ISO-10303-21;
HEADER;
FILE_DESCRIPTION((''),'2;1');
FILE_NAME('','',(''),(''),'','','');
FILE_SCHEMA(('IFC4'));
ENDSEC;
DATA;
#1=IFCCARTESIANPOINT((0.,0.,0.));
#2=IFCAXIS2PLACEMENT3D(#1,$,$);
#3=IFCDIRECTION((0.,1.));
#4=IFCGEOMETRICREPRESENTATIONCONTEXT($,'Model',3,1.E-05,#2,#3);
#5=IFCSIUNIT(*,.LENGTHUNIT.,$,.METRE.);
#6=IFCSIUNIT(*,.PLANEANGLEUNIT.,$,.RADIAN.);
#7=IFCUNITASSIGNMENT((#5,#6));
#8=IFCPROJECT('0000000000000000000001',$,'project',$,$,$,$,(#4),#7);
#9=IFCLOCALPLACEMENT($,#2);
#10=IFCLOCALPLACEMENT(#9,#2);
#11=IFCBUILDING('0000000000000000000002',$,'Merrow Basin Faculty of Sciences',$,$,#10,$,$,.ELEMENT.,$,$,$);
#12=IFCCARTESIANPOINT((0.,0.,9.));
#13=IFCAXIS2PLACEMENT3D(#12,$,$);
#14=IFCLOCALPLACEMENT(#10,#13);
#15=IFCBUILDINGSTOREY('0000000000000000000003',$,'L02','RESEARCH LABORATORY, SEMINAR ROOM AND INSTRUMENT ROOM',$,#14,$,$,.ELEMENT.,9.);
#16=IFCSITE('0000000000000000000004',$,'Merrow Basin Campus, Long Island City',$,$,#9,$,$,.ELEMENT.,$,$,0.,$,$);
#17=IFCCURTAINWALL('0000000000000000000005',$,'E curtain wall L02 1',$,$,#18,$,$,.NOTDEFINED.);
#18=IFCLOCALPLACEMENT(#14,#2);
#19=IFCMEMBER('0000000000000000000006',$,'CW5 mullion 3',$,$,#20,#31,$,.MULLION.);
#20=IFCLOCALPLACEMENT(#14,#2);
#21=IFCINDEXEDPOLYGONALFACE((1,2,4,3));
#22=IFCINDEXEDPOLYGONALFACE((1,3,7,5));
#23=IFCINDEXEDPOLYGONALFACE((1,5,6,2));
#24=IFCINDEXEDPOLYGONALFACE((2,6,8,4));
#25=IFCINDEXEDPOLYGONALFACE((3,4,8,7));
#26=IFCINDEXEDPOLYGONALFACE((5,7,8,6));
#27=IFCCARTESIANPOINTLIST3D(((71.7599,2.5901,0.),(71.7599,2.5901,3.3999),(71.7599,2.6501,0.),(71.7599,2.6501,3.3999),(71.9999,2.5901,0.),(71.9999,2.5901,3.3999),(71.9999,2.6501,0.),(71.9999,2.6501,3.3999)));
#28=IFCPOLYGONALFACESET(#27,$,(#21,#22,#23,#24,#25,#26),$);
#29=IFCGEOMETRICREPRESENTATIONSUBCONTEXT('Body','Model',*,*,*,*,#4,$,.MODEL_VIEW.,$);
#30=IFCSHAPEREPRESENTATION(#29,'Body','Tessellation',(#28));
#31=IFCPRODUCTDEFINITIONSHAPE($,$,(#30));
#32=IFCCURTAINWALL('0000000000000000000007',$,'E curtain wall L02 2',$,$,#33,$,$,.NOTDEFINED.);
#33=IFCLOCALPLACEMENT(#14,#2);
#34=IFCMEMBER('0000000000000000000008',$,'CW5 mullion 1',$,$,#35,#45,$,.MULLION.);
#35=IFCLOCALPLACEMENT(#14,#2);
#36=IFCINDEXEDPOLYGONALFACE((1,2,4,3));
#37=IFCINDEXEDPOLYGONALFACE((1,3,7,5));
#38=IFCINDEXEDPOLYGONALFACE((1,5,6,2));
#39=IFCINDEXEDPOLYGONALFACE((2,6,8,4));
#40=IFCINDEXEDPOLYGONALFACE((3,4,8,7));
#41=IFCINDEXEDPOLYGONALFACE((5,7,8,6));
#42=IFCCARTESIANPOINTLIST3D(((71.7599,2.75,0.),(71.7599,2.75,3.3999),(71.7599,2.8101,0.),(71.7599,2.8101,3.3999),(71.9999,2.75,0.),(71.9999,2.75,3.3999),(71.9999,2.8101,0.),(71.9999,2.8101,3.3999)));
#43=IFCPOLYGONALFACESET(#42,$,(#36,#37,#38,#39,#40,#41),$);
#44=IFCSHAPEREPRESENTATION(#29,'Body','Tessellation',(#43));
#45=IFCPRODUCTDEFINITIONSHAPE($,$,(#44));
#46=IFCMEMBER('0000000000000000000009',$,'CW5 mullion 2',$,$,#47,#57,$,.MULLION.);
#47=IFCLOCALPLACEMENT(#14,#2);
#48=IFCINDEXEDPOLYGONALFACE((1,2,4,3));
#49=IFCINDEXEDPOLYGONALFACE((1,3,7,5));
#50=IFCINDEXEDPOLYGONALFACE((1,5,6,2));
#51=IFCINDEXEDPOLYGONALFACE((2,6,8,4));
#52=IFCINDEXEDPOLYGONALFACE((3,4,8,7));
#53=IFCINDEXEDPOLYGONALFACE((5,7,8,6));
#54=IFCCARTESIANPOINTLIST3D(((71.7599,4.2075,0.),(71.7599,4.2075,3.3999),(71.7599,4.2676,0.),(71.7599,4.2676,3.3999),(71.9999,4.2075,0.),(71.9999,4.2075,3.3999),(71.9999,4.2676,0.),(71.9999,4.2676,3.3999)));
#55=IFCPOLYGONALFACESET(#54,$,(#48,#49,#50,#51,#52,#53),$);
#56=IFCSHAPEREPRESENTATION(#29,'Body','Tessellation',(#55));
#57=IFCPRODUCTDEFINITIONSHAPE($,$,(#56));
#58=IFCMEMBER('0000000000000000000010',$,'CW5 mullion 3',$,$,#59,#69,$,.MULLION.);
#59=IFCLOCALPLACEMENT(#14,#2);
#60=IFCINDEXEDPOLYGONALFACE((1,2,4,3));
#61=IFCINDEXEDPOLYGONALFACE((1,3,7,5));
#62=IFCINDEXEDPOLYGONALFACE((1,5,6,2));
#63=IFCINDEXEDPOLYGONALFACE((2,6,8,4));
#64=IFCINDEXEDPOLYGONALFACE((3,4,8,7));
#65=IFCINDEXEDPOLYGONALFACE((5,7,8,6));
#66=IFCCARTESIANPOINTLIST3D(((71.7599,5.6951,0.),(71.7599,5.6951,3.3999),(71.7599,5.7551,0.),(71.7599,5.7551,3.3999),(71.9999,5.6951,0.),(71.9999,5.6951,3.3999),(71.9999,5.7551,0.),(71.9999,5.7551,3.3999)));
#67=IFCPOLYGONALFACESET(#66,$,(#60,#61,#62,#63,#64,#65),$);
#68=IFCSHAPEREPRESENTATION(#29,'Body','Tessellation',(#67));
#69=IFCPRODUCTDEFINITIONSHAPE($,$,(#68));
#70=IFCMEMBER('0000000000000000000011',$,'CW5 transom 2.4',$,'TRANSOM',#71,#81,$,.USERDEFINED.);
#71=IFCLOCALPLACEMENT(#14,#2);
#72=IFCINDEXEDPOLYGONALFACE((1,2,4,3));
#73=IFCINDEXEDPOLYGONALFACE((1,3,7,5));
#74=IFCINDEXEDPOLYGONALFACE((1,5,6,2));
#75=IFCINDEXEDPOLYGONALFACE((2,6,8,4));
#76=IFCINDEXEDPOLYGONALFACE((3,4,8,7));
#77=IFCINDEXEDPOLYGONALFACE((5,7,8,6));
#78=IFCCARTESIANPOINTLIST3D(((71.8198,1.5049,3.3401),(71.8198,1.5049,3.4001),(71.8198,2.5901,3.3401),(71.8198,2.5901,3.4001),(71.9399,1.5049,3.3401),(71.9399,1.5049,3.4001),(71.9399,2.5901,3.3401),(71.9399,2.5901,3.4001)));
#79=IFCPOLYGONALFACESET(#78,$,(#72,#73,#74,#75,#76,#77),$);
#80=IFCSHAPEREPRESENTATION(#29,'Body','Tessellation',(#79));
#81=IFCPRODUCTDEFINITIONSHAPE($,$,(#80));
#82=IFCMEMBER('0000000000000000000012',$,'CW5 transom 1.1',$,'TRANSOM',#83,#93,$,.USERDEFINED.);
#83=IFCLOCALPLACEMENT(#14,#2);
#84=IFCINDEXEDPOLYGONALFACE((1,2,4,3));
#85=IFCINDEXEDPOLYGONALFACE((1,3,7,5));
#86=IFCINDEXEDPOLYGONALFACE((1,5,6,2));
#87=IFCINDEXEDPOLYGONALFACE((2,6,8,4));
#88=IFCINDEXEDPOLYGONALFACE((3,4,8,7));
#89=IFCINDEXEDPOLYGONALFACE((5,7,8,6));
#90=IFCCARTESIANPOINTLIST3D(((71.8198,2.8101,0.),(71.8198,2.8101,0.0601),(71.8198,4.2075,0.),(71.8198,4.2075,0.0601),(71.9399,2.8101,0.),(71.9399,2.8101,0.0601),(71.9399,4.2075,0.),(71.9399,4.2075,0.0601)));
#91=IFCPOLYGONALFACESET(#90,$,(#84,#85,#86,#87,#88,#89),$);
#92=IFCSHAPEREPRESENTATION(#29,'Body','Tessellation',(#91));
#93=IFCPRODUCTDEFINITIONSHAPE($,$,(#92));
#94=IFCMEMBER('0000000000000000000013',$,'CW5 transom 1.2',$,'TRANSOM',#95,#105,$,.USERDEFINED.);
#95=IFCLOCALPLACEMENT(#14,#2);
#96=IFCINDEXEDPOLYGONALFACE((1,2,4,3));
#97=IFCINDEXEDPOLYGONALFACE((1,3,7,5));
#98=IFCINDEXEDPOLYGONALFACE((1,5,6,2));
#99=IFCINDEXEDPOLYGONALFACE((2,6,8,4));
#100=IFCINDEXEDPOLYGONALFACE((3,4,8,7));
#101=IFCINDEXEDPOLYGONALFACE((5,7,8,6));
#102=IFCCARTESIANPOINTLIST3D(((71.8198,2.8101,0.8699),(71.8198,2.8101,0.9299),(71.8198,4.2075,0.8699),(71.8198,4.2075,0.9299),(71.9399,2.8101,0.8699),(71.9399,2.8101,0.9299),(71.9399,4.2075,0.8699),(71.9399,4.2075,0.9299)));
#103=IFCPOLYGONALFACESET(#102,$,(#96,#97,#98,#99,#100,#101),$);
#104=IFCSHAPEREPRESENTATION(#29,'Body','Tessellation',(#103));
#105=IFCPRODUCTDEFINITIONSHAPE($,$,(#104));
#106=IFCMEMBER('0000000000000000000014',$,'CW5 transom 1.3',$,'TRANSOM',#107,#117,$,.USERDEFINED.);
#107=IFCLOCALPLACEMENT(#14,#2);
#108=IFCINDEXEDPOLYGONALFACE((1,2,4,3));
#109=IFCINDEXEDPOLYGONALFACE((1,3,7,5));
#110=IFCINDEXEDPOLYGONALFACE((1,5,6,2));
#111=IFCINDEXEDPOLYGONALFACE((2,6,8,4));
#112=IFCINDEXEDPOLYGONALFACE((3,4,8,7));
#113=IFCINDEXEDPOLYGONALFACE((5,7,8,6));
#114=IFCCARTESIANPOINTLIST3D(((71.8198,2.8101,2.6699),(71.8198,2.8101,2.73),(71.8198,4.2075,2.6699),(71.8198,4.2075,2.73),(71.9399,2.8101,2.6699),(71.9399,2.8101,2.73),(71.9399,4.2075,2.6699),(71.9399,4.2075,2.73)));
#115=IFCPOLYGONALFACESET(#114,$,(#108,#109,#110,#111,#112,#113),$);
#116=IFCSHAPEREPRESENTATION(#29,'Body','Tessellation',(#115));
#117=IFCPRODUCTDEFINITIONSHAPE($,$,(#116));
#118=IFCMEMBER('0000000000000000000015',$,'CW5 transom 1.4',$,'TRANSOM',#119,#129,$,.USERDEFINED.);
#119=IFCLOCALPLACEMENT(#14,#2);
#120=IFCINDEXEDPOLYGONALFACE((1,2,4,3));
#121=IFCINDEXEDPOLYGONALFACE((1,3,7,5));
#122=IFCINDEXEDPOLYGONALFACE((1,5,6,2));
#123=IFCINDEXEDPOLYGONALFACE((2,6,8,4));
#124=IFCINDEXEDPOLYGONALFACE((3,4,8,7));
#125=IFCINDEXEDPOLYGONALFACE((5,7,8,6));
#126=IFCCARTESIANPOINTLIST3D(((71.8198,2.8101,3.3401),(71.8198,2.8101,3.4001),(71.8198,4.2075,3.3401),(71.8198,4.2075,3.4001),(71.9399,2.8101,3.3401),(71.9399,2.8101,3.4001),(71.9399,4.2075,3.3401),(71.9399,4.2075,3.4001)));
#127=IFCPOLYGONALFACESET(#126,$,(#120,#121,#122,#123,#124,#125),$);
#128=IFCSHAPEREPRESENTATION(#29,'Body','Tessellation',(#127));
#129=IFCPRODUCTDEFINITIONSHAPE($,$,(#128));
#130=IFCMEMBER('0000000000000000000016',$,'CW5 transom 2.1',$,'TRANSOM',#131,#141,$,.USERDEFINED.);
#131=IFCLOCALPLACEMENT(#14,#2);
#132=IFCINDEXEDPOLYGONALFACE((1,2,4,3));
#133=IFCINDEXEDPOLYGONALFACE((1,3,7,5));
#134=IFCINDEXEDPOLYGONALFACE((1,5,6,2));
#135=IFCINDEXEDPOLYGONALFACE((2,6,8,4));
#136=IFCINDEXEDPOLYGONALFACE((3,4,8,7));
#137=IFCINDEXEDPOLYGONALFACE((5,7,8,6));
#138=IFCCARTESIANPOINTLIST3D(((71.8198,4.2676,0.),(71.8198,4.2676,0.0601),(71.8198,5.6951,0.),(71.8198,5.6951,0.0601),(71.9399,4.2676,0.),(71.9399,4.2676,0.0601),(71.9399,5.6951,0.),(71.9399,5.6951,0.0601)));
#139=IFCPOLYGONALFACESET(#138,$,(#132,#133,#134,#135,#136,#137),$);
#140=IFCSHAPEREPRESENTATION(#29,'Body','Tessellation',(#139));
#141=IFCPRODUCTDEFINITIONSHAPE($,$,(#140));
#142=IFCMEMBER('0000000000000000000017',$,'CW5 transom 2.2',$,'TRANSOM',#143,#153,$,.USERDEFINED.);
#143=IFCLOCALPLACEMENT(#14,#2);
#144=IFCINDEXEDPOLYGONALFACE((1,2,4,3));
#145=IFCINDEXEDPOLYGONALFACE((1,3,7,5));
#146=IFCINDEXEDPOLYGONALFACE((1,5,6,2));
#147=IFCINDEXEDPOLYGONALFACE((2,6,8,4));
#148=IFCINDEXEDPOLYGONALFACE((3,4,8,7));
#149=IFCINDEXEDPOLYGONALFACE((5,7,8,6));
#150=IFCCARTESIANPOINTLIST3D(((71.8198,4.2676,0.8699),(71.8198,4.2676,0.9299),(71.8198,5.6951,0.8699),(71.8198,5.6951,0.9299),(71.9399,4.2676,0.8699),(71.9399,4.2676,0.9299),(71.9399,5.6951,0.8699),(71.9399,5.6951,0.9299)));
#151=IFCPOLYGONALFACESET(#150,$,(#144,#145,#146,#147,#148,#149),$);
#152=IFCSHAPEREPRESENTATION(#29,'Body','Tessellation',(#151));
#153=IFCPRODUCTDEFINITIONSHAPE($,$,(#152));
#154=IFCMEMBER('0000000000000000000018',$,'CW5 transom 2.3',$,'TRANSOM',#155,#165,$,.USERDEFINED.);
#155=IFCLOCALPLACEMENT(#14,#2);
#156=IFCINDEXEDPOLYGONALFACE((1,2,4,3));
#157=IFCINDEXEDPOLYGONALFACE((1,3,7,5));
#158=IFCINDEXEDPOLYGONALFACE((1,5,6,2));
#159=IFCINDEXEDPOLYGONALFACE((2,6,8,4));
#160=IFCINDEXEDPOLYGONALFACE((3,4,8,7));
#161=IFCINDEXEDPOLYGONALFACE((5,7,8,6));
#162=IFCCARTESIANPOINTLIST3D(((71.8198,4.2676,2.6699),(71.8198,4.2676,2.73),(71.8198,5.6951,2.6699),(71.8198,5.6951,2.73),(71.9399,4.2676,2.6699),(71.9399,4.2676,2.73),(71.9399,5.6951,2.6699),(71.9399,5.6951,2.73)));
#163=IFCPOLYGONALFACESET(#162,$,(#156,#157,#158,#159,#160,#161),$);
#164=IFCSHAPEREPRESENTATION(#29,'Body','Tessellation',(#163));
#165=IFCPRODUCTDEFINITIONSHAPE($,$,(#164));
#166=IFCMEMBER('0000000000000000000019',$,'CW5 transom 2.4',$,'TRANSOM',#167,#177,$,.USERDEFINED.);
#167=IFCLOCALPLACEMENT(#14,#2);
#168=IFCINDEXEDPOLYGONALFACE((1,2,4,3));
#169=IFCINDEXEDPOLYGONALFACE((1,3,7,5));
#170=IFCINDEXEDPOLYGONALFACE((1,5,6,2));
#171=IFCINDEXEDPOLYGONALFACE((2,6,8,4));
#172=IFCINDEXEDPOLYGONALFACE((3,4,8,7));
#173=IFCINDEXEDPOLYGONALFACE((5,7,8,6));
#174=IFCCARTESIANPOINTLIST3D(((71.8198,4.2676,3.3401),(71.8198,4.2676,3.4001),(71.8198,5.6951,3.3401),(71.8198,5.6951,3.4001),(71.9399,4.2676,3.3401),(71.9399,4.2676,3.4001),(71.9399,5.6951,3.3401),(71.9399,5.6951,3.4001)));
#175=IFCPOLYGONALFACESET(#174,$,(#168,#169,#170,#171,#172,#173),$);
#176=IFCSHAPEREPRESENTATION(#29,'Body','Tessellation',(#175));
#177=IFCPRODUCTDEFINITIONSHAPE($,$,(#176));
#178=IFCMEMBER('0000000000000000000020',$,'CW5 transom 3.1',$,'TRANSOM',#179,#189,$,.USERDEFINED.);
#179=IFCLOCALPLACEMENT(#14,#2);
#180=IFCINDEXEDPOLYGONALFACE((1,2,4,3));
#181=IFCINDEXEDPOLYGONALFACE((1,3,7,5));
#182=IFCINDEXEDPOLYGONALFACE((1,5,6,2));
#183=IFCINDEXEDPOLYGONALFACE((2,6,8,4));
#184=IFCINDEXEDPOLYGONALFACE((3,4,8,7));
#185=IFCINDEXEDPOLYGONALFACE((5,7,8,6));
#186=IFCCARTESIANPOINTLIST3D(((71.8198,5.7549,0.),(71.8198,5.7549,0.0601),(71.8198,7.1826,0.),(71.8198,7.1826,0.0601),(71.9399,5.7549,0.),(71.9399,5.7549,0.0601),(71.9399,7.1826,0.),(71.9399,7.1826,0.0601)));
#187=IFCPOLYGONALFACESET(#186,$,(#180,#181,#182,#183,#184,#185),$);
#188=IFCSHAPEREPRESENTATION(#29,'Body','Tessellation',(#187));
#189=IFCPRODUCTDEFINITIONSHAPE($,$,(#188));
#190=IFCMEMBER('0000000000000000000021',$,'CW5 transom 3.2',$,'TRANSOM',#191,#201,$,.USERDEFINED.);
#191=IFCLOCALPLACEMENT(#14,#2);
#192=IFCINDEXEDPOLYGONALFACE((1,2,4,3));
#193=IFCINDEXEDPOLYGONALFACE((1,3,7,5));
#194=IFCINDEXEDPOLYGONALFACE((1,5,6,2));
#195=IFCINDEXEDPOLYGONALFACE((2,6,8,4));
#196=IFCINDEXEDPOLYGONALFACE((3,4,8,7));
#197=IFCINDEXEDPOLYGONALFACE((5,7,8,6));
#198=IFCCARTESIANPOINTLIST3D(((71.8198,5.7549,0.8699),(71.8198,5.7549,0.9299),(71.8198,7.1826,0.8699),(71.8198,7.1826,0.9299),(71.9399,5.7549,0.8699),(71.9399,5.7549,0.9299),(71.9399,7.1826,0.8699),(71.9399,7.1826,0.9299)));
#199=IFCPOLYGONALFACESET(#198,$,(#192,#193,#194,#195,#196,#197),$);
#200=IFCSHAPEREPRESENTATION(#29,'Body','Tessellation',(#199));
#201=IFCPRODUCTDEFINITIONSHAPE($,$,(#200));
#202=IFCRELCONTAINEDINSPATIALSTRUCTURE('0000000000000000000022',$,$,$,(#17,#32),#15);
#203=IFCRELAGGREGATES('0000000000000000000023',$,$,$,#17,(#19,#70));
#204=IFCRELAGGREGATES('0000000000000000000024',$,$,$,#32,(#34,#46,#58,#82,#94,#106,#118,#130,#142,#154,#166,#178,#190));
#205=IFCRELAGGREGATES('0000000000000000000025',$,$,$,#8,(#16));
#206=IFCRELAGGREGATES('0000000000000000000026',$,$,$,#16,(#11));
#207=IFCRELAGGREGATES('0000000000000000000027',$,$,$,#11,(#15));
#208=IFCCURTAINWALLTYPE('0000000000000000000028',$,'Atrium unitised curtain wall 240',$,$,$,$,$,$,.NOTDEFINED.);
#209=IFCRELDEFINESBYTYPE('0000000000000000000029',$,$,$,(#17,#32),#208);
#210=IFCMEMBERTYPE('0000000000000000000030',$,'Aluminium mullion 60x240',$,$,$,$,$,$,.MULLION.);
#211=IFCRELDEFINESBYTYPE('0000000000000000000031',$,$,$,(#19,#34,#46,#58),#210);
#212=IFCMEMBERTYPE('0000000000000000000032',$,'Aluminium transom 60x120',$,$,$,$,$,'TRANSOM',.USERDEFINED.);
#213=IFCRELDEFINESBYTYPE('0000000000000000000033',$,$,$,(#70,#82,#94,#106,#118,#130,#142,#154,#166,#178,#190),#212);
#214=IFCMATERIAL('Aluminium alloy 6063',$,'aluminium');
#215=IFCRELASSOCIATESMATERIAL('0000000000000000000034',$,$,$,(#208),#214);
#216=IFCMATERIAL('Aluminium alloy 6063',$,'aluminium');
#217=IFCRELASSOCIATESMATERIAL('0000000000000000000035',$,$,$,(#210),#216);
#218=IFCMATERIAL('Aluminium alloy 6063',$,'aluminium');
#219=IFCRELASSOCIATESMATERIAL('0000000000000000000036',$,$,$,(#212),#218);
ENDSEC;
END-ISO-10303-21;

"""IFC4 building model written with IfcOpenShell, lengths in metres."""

from ifc_helpers import new_model, si_unit, direction, frame, origin, origin_2d, place, context, subcontext, project, spatial, rectangle, extrude, material, material_profile, profile_set, type_object, element, aggregate, save


model = new_model("IFC4")

# Units and contexts
model_context = context("Model", 3, precision=1e-05, world=origin(), true_north=direction((0.0, 1.0)))
body_context = subcontext(model_context, "Body", "Model", "MODEL_VIEW")
ifc_project = project(units=[si_unit("LENGTHUNIT", "METRE"), si_unit("PLANEANGLEUNIT", "RADIAN")], contexts=[model_context])

# Site, building, storey
site_placement = place(None, origin())
site = spatial("IfcSite", under=ifc_project, at=site_placement, Name="Merrow Basin Campus, Long Island City", CompositionType="ELEMENT", RefElevation=0.0)
building_placement = place(site_placement, origin())
building = spatial("IfcBuilding", under=site, at=building_placement, Name="Merrow Basin Faculty of Sciences", CompositionType="ELEMENT")
storey_placement = place(building_placement, frame((0.0, 0.0, 9.0)))
storey = spatial("IfcBuildingStorey", under=building, at=storey_placement, Name="L02", Description="RESEARCH LABORATORY, SEMINAR ROOM AND INSTRUMENT ROOM", CompositionType="ELEMENT", Elevation=9.0)

# Curtain wall, member
ifc_material_1 = material(Name="Aluminium alloy 6063", Category="aluminium")
curtain_wall_type = type_object("IfcCurtainWallType", Name="Atrium unitised curtain wall 240", PredefinedType="NOTDEFINED", material=ifc_material_1)
curtain_wall_1_placement = place(storey_placement, origin())
curtain_wall_1 = element("IfcCurtainWall", 1, at=curtain_wall_1_placement, inside=storey, type_object=curtain_wall_type, Name="E curtain wall L02 1", PredefinedType="NOTDEFINED")
ifc_material_2 = material(Name="Aluminium alloy 6063", Category="aluminium")
ifc_material_profile_1 = material_profile(ifc_material_2, rectangle(XDim=0.24, YDim=0.0601, at=origin_2d()))
ifc_profile_set_1 = profile_set([ifc_material_profile_1], Name="Aluminium alloy 6063")
member_type_1 = type_object("IfcMemberType", Name="Aluminium mullion 60x240", PredefinedType="MULLION", material=ifc_profile_set_1)
member_1_placement = place(storey_placement, frame((71.8799, 2.6201, 0.0), z_axis=(0.0, 0.0, 1.0), x_axis=(-1.0, 0.0, 0.0)))
member_1 = element("IfcMember", 2, at=member_1_placement, type_object=member_type_1, Name="CW5 mullion 3", PredefinedType="MULLION", context=body_context, shape_type="SweptSolid", body=[
    extrude(rectangle(XDim=0.24, YDim=0.0601, at=origin_2d()), origin(), (0.0, 0.0, 1.0), 3.3999),
])

# Curtain wall, members
curtain_wall_2_placement = place(storey_placement, origin())
curtain_wall_2 = element("IfcCurtainWall", 3, at=curtain_wall_2_placement, inside=storey, type_object=curtain_wall_type, Name="E curtain wall L02 2", PredefinedType="NOTDEFINED")
member_2_placement = place(storey_placement, frame((71.8799, 2.78, 0.0), z_axis=(0.0, 0.0, 1.0), x_axis=(-1.0, 0.0, 0.0)))
member_2 = element("IfcMember", 4, at=member_2_placement, type_object=member_type_1, Name="CW5 mullion 1", PredefinedType="MULLION", context=body_context, shape_type="SweptSolid", body=[
    extrude(rectangle(XDim=0.24, YDim=0.0601, at=origin_2d()), origin(), (0.0, 0.0, 1.0), 3.3999),
])
member_3_placement = place(storey_placement, frame((71.8799, 4.2375, 0.0), z_axis=(0.0, 0.0, 1.0), x_axis=(-1.0, 0.0, 0.0)))
member_3 = element("IfcMember", 5, at=member_3_placement, type_object=member_type_1, Name="CW5 mullion 2", PredefinedType="MULLION", context=body_context, shape_type="SweptSolid", body=[
    extrude(rectangle(XDim=0.24, YDim=0.0601, at=origin_2d()), origin(), (0.0, 0.0, 1.0), 3.3999),
])
member_4_placement = place(storey_placement, frame((71.8799, 5.7251, 0.0), z_axis=(0.0, 0.0, 1.0), x_axis=(-1.0, 0.0, 0.0)))
member_4 = element("IfcMember", 6, at=member_4_placement, type_object=member_type_1, Name="CW5 mullion 3", PredefinedType="MULLION", context=body_context, shape_type="SweptSolid", body=[
    extrude(rectangle(XDim=0.24, YDim=0.0601, at=origin_2d()), origin(), (0.0, 0.0, 1.0), 3.3999),
])

# Members
ifc_material_3 = material(Name="Aluminium alloy 6063", Category="aluminium")
ifc_material_profile_2 = material_profile(ifc_material_3, rectangle(XDim=0.1201, YDim=0.0601, at=origin_2d()))
ifc_profile_set_2 = profile_set([ifc_material_profile_2], Name="Aluminium alloy 6063")
member_type_2 = type_object("IfcMemberType", Name="Aluminium transom 60x120", ElementType="TRANSOM", PredefinedType="USERDEFINED", material=ifc_profile_set_2)
member_5_placement = place(storey_placement, frame((71.8799, 1.5049, 3.3701), z_axis=(0.0, 1.0, 0.0), x_axis=(-1.0, 0.0, 0.0)))
member_5 = element("IfcMember", 7, at=member_5_placement, type_object=member_type_2, Name="CW5 transom 2.4", ObjectType="TRANSOM", PredefinedType="USERDEFINED", context=body_context, shape_type="SweptSolid", body=[
    extrude(rectangle(XDim=0.1201, YDim=0.0601, at=origin_2d()), origin(), (0.0, 0.0, 1.0), 1.0852),
])
member_6_placement = place(storey_placement, frame((71.8799, 2.8101, 0.03), z_axis=(0.0, 1.0, 0.0), x_axis=(-1.0, 0.0, 0.0)))
member_6 = element("IfcMember", 8, at=member_6_placement, type_object=member_type_2, Name="CW5 transom 1.1", ObjectType="TRANSOM", PredefinedType="USERDEFINED", context=body_context, shape_type="SweptSolid", body=[
    extrude(rectangle(XDim=0.1201, YDim=0.0601, at=origin_2d()), origin(), (0.0, 0.0, 1.0), 1.3975),
])
member_7_placement = place(storey_placement, frame((71.8799, 2.8101, 0.8999), z_axis=(0.0, 1.0, 0.0), x_axis=(-1.0, 0.0, 0.0)))
member_7 = element("IfcMember", 9, at=member_7_placement, type_object=member_type_2, Name="CW5 transom 1.2", ObjectType="TRANSOM", PredefinedType="USERDEFINED", context=body_context, shape_type="SweptSolid", body=[
    extrude(rectangle(XDim=0.1201, YDim=0.0601, at=origin_2d()), origin(), (0.0, 0.0, 1.0), 1.3975),
])
member_8_placement = place(storey_placement, frame((71.8799, 2.8101, 2.7), z_axis=(0.0, 1.0, 0.0), x_axis=(-1.0, 0.0, 0.0)))
member_8 = element("IfcMember", 10, at=member_8_placement, type_object=member_type_2, Name="CW5 transom 1.3", ObjectType="TRANSOM", PredefinedType="USERDEFINED", context=body_context, shape_type="SweptSolid", body=[
    extrude(rectangle(XDim=0.1201, YDim=0.0601, at=origin_2d()), origin(), (0.0, 0.0, 1.0), 1.3975),
])
member_9_placement = place(storey_placement, frame((71.8799, 2.8101, 3.3701), z_axis=(0.0, 1.0, 0.0), x_axis=(-1.0, 0.0, 0.0)))
member_9 = element("IfcMember", 11, at=member_9_placement, type_object=member_type_2, Name="CW5 transom 1.4", ObjectType="TRANSOM", PredefinedType="USERDEFINED", context=body_context, shape_type="SweptSolid", body=[
    extrude(rectangle(XDim=0.1201, YDim=0.0601, at=origin_2d()), origin(), (0.0, 0.0, 1.0), 1.3975),
])
member_10_placement = place(storey_placement, frame((71.8799, 4.2676, 0.03), z_axis=(0.0, 1.0, 0.0), x_axis=(-1.0, 0.0, 0.0)))
member_10 = element("IfcMember", 12, at=member_10_placement, type_object=member_type_2, Name="CW5 transom 2.1", ObjectType="TRANSOM", PredefinedType="USERDEFINED", context=body_context, shape_type="SweptSolid", body=[
    extrude(rectangle(XDim=0.1201, YDim=0.0601, at=origin_2d()), origin(), (0.0, 0.0, 1.0), 1.4275),
])
member_11_placement = place(storey_placement, frame((71.8799, 4.2676, 0.8999), z_axis=(0.0, 1.0, 0.0), x_axis=(-1.0, 0.0, 0.0)))
member_11 = element("IfcMember", 13, at=member_11_placement, type_object=member_type_2, Name="CW5 transom 2.2", ObjectType="TRANSOM", PredefinedType="USERDEFINED", context=body_context, shape_type="SweptSolid", body=[
    extrude(rectangle(XDim=0.1201, YDim=0.0601, at=origin_2d()), origin(), (0.0, 0.0, 1.0), 1.4275),
])
member_12_placement = place(storey_placement, frame((71.8799, 4.2676, 2.7), z_axis=(0.0, 1.0, 0.0), x_axis=(-1.0, 0.0, 0.0)))
member_12 = element("IfcMember", 14, at=member_12_placement, type_object=member_type_2, Name="CW5 transom 2.3", ObjectType="TRANSOM", PredefinedType="USERDEFINED", context=body_context, shape_type="SweptSolid", body=[
    extrude(rectangle(XDim=0.1201, YDim=0.0601, at=origin_2d()), origin(), (0.0, 0.0, 1.0), 1.4275),
])
member_13_placement = place(storey_placement, frame((71.8799, 4.2676, 3.3701), z_axis=(0.0, 1.0, 0.0), x_axis=(-1.0, 0.0, 0.0)))
member_13 = element("IfcMember", 15, at=member_13_placement, type_object=member_type_2, Name="CW5 transom 2.4", ObjectType="TRANSOM", PredefinedType="USERDEFINED", context=body_context, shape_type="SweptSolid", body=[
    extrude(rectangle(XDim=0.1201, YDim=0.0601, at=origin_2d()), origin(), (0.0, 0.0, 1.0), 1.4275),
])
member_14_placement = place(storey_placement, frame((71.8799, 5.7549, 0.03), z_axis=(0.0, 1.0, 0.0), x_axis=(-1.0, 0.0, 0.0)))
member_14 = element("IfcMember", 16, at=member_14_placement, type_object=member_type_2, Name="CW5 transom 3.1", ObjectType="TRANSOM", PredefinedType="USERDEFINED", context=body_context, shape_type="SweptSolid", body=[
    extrude(rectangle(XDim=0.1201, YDim=0.0601, at=origin_2d()), origin(), (0.0, 0.0, 1.0), 1.4277),
])
member_15_placement = place(storey_placement, frame((71.8799, 5.7549, 0.8999), z_axis=(0.0, 1.0, 0.0), x_axis=(-1.0, 0.0, 0.0)))
member_15 = element("IfcMember", 17, at=member_15_placement, type_object=member_type_2, Name="CW5 transom 3.2", ObjectType="TRANSOM", PredefinedType="USERDEFINED", context=body_context, shape_type="SweptSolid", body=[
    extrude(rectangle(XDim=0.1201, YDim=0.0601, at=origin_2d()), origin(), (0.0, 0.0, 1.0), 1.4277),
])

aggregate(curtain_wall_1, [member_1, member_5])
aggregate(curtain_wall_2, [member_2, member_3, member_4, member_6, member_7, member_8, member_9, member_10, member_11, member_12, member_13, member_14, member_15])

save(model, "model.ifc")
